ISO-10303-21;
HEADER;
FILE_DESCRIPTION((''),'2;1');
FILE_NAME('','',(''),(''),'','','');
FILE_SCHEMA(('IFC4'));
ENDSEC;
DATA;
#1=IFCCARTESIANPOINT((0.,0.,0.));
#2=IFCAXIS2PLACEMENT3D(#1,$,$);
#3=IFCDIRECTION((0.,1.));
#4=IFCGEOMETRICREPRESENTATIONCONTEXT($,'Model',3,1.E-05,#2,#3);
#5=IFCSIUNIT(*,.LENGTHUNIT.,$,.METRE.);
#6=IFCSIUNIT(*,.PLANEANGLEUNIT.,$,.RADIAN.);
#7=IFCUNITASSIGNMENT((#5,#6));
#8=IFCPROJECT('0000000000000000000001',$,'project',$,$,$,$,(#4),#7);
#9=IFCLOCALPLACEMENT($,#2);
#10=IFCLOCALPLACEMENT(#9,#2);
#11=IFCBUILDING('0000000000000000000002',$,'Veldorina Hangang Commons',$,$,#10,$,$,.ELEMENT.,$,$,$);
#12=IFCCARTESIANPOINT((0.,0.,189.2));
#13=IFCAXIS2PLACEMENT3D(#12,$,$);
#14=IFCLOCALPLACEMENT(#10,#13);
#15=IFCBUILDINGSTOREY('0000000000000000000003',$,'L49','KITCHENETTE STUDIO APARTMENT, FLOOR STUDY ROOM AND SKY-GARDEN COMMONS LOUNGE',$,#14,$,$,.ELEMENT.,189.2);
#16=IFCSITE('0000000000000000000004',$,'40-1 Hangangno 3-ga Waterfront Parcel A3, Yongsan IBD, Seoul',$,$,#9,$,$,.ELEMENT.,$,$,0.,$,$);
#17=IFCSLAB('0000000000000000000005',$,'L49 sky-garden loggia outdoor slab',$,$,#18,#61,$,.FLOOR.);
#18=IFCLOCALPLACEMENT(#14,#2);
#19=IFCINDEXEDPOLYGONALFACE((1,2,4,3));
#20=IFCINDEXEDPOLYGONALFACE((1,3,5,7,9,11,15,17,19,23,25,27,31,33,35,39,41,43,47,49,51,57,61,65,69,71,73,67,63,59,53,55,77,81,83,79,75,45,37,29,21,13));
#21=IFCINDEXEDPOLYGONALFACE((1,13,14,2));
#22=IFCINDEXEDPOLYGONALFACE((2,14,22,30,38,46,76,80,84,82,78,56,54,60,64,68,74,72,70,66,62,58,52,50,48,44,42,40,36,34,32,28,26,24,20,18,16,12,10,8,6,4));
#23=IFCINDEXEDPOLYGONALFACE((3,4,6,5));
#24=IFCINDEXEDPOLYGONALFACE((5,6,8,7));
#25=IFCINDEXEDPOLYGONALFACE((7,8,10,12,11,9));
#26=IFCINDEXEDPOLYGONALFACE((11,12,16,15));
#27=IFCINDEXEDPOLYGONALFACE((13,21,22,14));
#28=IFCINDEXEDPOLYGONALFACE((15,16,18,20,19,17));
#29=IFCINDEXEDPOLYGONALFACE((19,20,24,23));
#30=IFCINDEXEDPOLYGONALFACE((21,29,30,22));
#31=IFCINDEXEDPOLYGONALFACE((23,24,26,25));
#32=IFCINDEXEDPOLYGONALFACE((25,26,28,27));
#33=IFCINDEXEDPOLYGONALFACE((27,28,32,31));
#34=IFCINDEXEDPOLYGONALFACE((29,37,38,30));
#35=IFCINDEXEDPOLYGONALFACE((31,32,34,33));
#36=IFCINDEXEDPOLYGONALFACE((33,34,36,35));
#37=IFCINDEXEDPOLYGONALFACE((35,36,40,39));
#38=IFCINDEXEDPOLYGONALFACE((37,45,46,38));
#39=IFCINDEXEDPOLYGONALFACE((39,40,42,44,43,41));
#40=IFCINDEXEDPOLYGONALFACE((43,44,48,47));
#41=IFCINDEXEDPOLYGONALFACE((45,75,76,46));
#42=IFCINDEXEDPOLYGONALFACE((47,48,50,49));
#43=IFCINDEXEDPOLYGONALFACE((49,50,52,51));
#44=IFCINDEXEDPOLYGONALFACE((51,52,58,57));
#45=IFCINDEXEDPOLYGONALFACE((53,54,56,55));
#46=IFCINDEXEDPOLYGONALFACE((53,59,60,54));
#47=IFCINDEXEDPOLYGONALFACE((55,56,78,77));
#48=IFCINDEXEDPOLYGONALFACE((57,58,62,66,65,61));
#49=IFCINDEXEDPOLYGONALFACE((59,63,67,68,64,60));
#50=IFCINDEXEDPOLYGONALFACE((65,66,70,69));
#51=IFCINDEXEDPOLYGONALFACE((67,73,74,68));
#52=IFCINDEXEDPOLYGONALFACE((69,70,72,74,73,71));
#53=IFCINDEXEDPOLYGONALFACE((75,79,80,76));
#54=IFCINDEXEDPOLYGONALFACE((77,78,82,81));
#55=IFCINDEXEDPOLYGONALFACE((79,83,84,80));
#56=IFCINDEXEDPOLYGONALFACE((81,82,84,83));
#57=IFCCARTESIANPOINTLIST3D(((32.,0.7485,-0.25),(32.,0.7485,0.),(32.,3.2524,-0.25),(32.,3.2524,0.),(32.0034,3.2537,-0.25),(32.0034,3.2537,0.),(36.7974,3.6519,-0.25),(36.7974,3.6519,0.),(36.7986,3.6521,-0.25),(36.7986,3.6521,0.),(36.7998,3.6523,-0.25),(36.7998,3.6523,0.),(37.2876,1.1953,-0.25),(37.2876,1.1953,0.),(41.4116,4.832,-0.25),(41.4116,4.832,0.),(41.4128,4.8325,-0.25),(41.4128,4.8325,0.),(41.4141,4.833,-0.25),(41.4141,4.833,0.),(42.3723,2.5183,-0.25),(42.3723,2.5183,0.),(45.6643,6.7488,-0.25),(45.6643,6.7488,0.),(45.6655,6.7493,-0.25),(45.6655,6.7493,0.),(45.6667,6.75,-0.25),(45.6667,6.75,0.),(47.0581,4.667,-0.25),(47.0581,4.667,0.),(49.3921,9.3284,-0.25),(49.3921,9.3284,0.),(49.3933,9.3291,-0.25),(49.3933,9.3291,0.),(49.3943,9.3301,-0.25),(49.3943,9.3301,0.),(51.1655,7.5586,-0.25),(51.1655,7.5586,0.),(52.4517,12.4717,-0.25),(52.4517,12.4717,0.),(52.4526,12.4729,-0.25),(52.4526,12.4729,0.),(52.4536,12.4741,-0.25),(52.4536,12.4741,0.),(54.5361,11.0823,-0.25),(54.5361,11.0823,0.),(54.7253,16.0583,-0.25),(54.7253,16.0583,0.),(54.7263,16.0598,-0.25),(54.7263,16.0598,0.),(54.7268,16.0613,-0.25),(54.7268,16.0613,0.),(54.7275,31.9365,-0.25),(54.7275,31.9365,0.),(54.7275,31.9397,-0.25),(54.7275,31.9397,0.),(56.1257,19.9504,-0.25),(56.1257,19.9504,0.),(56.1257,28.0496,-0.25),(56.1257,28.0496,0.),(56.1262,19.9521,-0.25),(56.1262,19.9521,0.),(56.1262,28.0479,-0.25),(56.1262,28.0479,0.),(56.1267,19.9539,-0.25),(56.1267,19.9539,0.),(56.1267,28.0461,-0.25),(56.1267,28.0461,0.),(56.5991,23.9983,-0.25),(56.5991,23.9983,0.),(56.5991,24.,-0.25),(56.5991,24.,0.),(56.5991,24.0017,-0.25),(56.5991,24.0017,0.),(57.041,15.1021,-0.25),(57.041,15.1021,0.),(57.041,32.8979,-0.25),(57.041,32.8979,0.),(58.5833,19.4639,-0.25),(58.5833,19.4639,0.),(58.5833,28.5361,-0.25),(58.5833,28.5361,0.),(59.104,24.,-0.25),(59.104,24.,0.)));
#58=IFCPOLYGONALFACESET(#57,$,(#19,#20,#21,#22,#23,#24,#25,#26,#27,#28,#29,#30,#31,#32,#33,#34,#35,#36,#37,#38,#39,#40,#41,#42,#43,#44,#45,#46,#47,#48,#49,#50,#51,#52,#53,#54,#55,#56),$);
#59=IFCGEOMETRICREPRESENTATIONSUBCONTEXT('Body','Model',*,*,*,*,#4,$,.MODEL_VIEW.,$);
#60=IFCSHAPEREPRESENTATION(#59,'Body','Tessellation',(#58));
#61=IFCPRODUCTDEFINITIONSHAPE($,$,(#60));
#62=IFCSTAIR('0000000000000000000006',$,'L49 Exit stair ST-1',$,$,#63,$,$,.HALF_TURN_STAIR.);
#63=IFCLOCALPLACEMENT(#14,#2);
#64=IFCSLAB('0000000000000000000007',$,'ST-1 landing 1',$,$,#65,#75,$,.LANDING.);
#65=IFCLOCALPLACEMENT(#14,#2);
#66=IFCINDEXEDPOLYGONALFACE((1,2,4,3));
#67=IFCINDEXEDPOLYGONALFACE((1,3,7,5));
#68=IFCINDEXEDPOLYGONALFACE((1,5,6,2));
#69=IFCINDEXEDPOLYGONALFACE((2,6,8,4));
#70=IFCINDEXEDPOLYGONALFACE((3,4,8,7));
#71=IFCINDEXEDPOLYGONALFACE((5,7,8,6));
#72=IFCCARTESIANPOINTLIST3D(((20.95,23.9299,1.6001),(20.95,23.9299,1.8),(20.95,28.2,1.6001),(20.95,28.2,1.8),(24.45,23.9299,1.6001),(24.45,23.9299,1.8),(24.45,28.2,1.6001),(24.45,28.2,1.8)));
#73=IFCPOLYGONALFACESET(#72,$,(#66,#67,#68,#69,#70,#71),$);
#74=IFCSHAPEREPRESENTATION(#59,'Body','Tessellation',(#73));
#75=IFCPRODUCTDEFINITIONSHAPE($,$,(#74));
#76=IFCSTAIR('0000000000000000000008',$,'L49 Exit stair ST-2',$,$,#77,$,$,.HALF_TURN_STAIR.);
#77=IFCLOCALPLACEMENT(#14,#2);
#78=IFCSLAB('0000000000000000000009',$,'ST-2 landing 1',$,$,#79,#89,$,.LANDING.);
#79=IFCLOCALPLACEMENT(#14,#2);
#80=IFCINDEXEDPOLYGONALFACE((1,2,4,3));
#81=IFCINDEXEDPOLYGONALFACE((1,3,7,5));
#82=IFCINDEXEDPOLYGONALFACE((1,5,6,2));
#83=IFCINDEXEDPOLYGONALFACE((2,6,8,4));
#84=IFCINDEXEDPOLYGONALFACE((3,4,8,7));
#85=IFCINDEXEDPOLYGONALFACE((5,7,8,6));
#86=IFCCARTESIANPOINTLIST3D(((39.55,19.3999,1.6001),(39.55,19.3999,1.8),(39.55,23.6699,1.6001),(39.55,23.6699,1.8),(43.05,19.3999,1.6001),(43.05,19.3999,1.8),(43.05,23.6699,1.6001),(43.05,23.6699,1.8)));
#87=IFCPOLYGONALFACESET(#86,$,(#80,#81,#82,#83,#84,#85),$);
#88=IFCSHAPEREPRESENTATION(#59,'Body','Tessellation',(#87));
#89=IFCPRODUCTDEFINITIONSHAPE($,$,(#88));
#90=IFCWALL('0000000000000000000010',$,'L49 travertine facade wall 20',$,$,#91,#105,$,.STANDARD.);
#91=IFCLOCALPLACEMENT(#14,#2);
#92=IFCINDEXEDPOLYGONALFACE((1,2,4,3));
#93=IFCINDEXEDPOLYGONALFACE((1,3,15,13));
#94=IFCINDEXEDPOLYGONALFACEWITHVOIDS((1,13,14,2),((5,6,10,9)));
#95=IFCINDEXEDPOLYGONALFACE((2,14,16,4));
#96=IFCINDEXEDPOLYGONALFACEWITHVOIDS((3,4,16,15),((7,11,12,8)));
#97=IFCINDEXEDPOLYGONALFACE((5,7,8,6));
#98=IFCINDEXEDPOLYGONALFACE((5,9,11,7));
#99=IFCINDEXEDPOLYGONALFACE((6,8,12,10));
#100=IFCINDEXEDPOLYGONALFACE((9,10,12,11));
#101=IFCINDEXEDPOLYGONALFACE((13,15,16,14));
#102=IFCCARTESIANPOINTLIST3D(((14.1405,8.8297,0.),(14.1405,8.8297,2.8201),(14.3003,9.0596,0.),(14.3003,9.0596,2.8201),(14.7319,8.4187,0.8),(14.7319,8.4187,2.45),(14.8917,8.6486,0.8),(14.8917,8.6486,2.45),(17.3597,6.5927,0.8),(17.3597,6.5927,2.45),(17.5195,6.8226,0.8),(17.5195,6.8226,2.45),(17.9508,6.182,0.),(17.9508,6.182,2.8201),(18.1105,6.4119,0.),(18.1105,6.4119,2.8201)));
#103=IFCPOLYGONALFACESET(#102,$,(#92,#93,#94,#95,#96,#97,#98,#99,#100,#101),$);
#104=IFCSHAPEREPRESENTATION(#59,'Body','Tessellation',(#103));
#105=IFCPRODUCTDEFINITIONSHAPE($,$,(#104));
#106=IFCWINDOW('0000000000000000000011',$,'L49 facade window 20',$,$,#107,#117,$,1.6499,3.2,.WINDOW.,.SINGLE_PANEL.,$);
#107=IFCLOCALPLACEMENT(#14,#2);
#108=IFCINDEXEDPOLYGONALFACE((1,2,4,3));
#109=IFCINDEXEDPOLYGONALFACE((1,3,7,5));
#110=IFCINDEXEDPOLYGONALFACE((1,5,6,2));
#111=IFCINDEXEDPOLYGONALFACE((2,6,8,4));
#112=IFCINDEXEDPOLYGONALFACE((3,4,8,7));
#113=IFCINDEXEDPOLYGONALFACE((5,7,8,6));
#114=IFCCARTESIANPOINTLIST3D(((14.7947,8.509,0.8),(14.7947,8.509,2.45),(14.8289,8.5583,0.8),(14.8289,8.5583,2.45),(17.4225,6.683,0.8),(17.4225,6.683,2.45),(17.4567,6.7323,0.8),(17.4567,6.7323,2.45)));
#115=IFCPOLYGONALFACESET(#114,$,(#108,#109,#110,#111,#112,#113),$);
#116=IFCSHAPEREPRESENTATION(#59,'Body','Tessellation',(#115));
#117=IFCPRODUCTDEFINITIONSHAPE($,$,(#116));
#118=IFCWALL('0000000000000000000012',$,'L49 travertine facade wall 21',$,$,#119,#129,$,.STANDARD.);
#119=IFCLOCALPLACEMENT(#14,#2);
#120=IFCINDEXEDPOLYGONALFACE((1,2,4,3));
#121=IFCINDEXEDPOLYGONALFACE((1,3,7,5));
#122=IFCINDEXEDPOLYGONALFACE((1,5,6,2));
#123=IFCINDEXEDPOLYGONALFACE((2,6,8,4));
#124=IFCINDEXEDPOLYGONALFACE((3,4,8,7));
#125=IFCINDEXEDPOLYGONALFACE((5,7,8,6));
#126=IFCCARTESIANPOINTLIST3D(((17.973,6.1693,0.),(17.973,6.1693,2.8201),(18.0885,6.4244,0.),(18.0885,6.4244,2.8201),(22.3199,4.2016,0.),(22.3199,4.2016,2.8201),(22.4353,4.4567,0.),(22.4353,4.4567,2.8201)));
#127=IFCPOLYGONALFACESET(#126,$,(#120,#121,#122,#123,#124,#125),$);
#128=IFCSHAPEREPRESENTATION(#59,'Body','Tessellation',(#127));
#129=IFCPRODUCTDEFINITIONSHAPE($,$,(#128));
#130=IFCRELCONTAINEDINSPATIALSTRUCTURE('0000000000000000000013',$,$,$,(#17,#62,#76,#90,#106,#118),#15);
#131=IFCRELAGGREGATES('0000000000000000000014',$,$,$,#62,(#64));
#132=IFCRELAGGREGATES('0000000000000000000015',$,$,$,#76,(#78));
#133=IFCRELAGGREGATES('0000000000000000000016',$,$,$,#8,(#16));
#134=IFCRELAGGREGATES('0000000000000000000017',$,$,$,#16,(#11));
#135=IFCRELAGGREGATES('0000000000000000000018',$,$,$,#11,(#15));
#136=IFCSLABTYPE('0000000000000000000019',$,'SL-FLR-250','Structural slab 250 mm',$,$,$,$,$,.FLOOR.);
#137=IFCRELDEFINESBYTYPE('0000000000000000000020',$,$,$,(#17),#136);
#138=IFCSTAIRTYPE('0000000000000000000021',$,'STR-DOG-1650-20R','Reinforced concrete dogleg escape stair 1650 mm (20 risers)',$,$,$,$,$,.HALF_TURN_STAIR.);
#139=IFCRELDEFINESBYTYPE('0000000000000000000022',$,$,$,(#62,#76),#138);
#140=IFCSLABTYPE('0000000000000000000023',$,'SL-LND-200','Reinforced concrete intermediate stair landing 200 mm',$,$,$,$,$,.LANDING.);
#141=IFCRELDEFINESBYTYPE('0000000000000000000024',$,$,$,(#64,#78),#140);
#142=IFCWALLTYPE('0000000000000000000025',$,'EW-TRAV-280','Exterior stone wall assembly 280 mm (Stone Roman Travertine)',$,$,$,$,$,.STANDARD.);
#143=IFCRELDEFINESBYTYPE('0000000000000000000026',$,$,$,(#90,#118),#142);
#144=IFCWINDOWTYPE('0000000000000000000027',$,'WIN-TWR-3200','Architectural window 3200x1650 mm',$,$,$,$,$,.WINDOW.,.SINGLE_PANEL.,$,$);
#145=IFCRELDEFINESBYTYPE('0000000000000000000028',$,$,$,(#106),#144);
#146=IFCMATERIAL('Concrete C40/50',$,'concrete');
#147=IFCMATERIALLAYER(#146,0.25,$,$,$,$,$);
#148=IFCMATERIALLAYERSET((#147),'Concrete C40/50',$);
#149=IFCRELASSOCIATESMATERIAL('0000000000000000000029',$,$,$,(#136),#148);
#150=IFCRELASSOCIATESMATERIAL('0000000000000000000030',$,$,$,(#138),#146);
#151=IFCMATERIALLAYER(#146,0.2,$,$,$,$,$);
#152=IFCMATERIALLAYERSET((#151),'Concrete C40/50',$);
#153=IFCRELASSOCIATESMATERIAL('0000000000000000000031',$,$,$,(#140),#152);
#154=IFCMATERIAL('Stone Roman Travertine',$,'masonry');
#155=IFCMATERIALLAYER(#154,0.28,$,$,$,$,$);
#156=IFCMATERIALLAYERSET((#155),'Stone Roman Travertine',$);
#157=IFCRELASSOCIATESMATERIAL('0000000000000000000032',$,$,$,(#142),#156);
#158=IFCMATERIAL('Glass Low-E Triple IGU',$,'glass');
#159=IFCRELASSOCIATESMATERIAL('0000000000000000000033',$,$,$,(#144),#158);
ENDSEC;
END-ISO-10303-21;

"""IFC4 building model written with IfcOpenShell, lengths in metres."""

from ifc_helpers import new_model, si_unit, direction, frame, frame_2d, origin, place, context, subcontext, project, spatial, polyline, rectangle, outline, extrude, material, layer, layer_set, type_object, element, fill, aggregate, save


model = new_model("IFC4")

# Units and contexts
model_context = context("Model", 3, precision=1e-05, world=origin(), true_north=direction((0.0, 1.0)))
body_context = subcontext(model_context, "Body", "Model", "MODEL_VIEW")
ifc_project = project(units=[si_unit("LENGTHUNIT", "METRE"), si_unit("PLANEANGLEUNIT", "RADIAN")], contexts=[model_context])

# Site, building, storey
site_placement = place(None, origin())
site = spatial("IfcSite", under=ifc_project, at=site_placement, Name="40-1 Hangangno 3-ga Waterfront Parcel A3, Yongsan IBD, Seoul", CompositionType="ELEMENT", RefElevation=0.0)
building_placement = place(site_placement, origin())
building = spatial("IfcBuilding", under=site, at=building_placement, Name="Veldorina Hangang Commons", CompositionType="ELEMENT")
storey_placement = place(building_placement, frame((0.0, 0.0, 189.2)))
storey = spatial("IfcBuildingStorey", under=building, at=storey_placement, Name="L49", Description="KITCHENETTE STUDIO APARTMENT, FLOOR STUDY ROOM AND SKY-GARDEN COMMONS LOUNGE", CompositionType="ELEMENT", Elevation=189.2)

# Slab
ifc_material_1 = material(Name="Concrete C40/50", Category="concrete")
ifc_layer_1 = layer(ifc_material_1, 0.25)
ifc_layer_set_1 = layer_set([ifc_layer_1], Name="Concrete C40/50")
slab_type_1 = type_object("IfcSlabType", Name="SL-FLR-250", Description="Structural slab 250 mm", PredefinedType="FLOOR", material=ifc_layer_set_1)
slab_1_placement = place(storey_placement, frame((0.0, 0.0, -0.25)))
element("IfcSlab", 1, at=slab_1_placement, inside=storey, type_object=slab_type_1, Name="L49 sky-garden loggia outdoor slab", PredefinedType="FLOOR", context=body_context, shape_type="SweptSolid", body=[
    extrude(outline(polyline([(57.041, 32.8979), (58.5833, 28.5361), (59.104, 24.0), (58.5833, 19.4639), (57.041, 15.1021), (54.5361, 11.0823), (51.1655, 7.5586), (47.0581, 4.667), (42.3723, 2.5183), (37.2876, 1.1953), (32.0, 0.7485), (32.0, 3.2524), (32.0034, 3.2537), (36.7974, 3.6519), (36.7986, 3.6521), (36.7998, 3.6523), (41.4116, 4.832), (41.4128, 4.8325), (41.4141, 4.833), (45.6643, 6.7488), (45.6655, 6.7493), (45.6667, 6.75), (49.3921, 9.3284), (49.3933, 9.3291), (49.3943, 9.3301), (52.4517, 12.4717), (52.4526, 12.4729), (52.4536, 12.4741), (54.7253, 16.0583), (54.7263, 16.0598), (54.7268, 16.0613), (56.1257, 19.9504), (56.1262, 19.9521), (56.1267, 19.9539), (56.5991, 23.9983), (56.5991, 24.0), (56.5991, 24.0017), (56.1267, 28.0461), (56.1262, 28.0479), (56.1257, 28.0496), (54.7275, 31.9365), (54.7275, 31.9397), (57.041, 32.8979)])), origin(), (0.0, 0.0, 1.0), 0.25),
])

# Stairs, slabs
stair_type = type_object("IfcStairType", Name="STR-DOG-1650-20R", Description="Reinforced concrete dogleg escape stair 1650 mm (20 risers)", PredefinedType="HALF_TURN_STAIR", material=ifc_material_1)
stair_1_placement = place(storey_placement, origin())
stair_1 = element("IfcStair", 2, at=stair_1_placement, inside=storey, type_object=stair_type, Name="L49 Exit stair ST-1", PredefinedType="HALF_TURN_STAIR")
ifc_layer_2 = layer(ifc_material_1, 0.2)
ifc_layer_set_2 = layer_set([ifc_layer_2], Name="Concrete C40/50")
slab_type_2 = type_object("IfcSlabType", Name="SL-LND-200", Description="Reinforced concrete intermediate stair landing 200 mm", PredefinedType="LANDING", material=ifc_layer_set_2)
slab_2_placement = place(storey_placement, frame((0.0, 0.0, 1.6001)))
slab_2 = element("IfcSlab", 3, at=slab_2_placement, type_object=slab_type_2, Name="ST-1 landing 1", PredefinedType="LANDING", context=body_context, shape_type="SweptSolid", body=[
    extrude(outline(polyline([(24.45, 23.9299), (24.45, 28.2), (20.95, 28.2), (20.95, 23.9299), (24.45, 23.9299)])), origin(), (0.0, 0.0, 1.0), 0.2),
])
aggregate(stair_1, [slab_2])
stair_2_placement = place(storey_placement, origin())
stair_2 = element("IfcStair", 4, at=stair_2_placement, inside=storey, type_object=stair_type, Name="L49 Exit stair ST-2", PredefinedType="HALF_TURN_STAIR")
slab_3_placement = place(storey_placement, frame((0.0, 0.0, 1.6001)))
slab_3 = element("IfcSlab", 5, at=slab_3_placement, type_object=slab_type_2, Name="ST-2 landing 1", PredefinedType="LANDING", context=body_context, shape_type="SweptSolid", body=[
    extrude(outline(polyline([(39.55, 23.6699), (39.55, 19.3999), (43.05, 19.3999), (43.05, 23.6699), (39.55, 23.6699)])), origin(), (0.0, 0.0, 1.0), 0.2),
])
aggregate(stair_2, [slab_3])

# Wall, opening, window
ifc_material_2 = material(Name="Stone Roman Travertine", Category="masonry")
ifc_layer_3 = layer(ifc_material_2, 0.28)
ifc_layer_set_3 = layer_set([ifc_layer_3], Name="Stone Roman Travertine")
wall_type = type_object("IfcWallType", Name="EW-TRAV-280", Description="Exterior stone wall assembly 280 mm (Stone Roman Travertine)", PredefinedType="STANDARD", material=ifc_layer_set_3)
wall_1_placement = place(storey_placement, frame((14.2205, 8.9446, 0.0), z_axis=(0.0, 0.0, 1.0), x_axis=(0.821202, -0.570637, 0.0)))
wall_1 = element("IfcWall", 6, at=wall_1_placement, inside=storey, type_object=wall_type, Name="L49 travertine facade wall 20", PredefinedType="STANDARD", context=body_context, shape_type="SweptSolid", body=[
    extrude(rectangle(XDim=4.6399, YDim=0.28, at=frame_2d((2.3198, 0.0))), origin(), (0.0, 0.0, 1.0), 2.8201),
])
opening_placement = place(wall_1_placement, frame((0.72, 0.0, 0.8)))
opening = element("IfcOpeningElement", 7, at=opening_placement, cuts=wall_1, PredefinedType="OPENING", context=body_context, shape_type="SweptSolid", body=[
    extrude(rectangle(XDim=3.2, YDim=1.6499, at=frame_2d((1.6001, 0.825))), frame((0.0, 0.1499, 0.0), z_axis=(0.0, -1.0, 0.0), x_axis=(1.0, 0.0, 0.0)), (0.0, 0.0, 1.0), 0.3),
])
ifc_material_3 = material(Name="Glass Low-E Triple IGU", Category="glass")
window_type = type_object("IfcWindowType", Name="WIN-TWR-3200", Description="Architectural window 3200x1650 mm", PartitioningType="SINGLE_PANEL", PredefinedType="WINDOW", material=ifc_material_3)
window_placement = place(opening_placement, origin())
window = element("IfcWindow", 8, at=window_placement, inside=storey, type_object=window_type, Name="L49 facade window 20", OverallHeight=1.6499, OverallWidth=3.2, PartitioningType="SINGLE_PANEL", PredefinedType="WINDOW", context=body_context, shape_type="SweptSolid", body=[
    extrude(rectangle(XDim=3.2, YDim=1.6499, at=frame_2d((1.6001, 0.825))), frame((0.0, 0.03, 0.0), z_axis=(0.0, -1.0, 0.0), x_axis=(1.0, 0.0, 0.0)), (0.0, 0.0, 1.0), 0.0601),
])
fill(opening, window)

# Wall
wall_2_placement = place(storey_placement, frame((18.0308, 6.2969, 0.0), z_axis=(0.0, 0.0, 1.0), x_axis=(0.911005, -0.412395, 0.0)))
element("IfcWall", 9, at=wall_2_placement, inside=storey, type_object=wall_type, Name="L49 travertine facade wall 21", PredefinedType="STANDARD", context=body_context, shape_type="SweptSolid", body=[
    extrude(rectangle(XDim=4.7715, YDim=0.28, at=frame_2d((2.3857, 0.0))), origin(), (0.0, 0.0, 1.0), 2.8201),
])

save(model, "model.ifc")
